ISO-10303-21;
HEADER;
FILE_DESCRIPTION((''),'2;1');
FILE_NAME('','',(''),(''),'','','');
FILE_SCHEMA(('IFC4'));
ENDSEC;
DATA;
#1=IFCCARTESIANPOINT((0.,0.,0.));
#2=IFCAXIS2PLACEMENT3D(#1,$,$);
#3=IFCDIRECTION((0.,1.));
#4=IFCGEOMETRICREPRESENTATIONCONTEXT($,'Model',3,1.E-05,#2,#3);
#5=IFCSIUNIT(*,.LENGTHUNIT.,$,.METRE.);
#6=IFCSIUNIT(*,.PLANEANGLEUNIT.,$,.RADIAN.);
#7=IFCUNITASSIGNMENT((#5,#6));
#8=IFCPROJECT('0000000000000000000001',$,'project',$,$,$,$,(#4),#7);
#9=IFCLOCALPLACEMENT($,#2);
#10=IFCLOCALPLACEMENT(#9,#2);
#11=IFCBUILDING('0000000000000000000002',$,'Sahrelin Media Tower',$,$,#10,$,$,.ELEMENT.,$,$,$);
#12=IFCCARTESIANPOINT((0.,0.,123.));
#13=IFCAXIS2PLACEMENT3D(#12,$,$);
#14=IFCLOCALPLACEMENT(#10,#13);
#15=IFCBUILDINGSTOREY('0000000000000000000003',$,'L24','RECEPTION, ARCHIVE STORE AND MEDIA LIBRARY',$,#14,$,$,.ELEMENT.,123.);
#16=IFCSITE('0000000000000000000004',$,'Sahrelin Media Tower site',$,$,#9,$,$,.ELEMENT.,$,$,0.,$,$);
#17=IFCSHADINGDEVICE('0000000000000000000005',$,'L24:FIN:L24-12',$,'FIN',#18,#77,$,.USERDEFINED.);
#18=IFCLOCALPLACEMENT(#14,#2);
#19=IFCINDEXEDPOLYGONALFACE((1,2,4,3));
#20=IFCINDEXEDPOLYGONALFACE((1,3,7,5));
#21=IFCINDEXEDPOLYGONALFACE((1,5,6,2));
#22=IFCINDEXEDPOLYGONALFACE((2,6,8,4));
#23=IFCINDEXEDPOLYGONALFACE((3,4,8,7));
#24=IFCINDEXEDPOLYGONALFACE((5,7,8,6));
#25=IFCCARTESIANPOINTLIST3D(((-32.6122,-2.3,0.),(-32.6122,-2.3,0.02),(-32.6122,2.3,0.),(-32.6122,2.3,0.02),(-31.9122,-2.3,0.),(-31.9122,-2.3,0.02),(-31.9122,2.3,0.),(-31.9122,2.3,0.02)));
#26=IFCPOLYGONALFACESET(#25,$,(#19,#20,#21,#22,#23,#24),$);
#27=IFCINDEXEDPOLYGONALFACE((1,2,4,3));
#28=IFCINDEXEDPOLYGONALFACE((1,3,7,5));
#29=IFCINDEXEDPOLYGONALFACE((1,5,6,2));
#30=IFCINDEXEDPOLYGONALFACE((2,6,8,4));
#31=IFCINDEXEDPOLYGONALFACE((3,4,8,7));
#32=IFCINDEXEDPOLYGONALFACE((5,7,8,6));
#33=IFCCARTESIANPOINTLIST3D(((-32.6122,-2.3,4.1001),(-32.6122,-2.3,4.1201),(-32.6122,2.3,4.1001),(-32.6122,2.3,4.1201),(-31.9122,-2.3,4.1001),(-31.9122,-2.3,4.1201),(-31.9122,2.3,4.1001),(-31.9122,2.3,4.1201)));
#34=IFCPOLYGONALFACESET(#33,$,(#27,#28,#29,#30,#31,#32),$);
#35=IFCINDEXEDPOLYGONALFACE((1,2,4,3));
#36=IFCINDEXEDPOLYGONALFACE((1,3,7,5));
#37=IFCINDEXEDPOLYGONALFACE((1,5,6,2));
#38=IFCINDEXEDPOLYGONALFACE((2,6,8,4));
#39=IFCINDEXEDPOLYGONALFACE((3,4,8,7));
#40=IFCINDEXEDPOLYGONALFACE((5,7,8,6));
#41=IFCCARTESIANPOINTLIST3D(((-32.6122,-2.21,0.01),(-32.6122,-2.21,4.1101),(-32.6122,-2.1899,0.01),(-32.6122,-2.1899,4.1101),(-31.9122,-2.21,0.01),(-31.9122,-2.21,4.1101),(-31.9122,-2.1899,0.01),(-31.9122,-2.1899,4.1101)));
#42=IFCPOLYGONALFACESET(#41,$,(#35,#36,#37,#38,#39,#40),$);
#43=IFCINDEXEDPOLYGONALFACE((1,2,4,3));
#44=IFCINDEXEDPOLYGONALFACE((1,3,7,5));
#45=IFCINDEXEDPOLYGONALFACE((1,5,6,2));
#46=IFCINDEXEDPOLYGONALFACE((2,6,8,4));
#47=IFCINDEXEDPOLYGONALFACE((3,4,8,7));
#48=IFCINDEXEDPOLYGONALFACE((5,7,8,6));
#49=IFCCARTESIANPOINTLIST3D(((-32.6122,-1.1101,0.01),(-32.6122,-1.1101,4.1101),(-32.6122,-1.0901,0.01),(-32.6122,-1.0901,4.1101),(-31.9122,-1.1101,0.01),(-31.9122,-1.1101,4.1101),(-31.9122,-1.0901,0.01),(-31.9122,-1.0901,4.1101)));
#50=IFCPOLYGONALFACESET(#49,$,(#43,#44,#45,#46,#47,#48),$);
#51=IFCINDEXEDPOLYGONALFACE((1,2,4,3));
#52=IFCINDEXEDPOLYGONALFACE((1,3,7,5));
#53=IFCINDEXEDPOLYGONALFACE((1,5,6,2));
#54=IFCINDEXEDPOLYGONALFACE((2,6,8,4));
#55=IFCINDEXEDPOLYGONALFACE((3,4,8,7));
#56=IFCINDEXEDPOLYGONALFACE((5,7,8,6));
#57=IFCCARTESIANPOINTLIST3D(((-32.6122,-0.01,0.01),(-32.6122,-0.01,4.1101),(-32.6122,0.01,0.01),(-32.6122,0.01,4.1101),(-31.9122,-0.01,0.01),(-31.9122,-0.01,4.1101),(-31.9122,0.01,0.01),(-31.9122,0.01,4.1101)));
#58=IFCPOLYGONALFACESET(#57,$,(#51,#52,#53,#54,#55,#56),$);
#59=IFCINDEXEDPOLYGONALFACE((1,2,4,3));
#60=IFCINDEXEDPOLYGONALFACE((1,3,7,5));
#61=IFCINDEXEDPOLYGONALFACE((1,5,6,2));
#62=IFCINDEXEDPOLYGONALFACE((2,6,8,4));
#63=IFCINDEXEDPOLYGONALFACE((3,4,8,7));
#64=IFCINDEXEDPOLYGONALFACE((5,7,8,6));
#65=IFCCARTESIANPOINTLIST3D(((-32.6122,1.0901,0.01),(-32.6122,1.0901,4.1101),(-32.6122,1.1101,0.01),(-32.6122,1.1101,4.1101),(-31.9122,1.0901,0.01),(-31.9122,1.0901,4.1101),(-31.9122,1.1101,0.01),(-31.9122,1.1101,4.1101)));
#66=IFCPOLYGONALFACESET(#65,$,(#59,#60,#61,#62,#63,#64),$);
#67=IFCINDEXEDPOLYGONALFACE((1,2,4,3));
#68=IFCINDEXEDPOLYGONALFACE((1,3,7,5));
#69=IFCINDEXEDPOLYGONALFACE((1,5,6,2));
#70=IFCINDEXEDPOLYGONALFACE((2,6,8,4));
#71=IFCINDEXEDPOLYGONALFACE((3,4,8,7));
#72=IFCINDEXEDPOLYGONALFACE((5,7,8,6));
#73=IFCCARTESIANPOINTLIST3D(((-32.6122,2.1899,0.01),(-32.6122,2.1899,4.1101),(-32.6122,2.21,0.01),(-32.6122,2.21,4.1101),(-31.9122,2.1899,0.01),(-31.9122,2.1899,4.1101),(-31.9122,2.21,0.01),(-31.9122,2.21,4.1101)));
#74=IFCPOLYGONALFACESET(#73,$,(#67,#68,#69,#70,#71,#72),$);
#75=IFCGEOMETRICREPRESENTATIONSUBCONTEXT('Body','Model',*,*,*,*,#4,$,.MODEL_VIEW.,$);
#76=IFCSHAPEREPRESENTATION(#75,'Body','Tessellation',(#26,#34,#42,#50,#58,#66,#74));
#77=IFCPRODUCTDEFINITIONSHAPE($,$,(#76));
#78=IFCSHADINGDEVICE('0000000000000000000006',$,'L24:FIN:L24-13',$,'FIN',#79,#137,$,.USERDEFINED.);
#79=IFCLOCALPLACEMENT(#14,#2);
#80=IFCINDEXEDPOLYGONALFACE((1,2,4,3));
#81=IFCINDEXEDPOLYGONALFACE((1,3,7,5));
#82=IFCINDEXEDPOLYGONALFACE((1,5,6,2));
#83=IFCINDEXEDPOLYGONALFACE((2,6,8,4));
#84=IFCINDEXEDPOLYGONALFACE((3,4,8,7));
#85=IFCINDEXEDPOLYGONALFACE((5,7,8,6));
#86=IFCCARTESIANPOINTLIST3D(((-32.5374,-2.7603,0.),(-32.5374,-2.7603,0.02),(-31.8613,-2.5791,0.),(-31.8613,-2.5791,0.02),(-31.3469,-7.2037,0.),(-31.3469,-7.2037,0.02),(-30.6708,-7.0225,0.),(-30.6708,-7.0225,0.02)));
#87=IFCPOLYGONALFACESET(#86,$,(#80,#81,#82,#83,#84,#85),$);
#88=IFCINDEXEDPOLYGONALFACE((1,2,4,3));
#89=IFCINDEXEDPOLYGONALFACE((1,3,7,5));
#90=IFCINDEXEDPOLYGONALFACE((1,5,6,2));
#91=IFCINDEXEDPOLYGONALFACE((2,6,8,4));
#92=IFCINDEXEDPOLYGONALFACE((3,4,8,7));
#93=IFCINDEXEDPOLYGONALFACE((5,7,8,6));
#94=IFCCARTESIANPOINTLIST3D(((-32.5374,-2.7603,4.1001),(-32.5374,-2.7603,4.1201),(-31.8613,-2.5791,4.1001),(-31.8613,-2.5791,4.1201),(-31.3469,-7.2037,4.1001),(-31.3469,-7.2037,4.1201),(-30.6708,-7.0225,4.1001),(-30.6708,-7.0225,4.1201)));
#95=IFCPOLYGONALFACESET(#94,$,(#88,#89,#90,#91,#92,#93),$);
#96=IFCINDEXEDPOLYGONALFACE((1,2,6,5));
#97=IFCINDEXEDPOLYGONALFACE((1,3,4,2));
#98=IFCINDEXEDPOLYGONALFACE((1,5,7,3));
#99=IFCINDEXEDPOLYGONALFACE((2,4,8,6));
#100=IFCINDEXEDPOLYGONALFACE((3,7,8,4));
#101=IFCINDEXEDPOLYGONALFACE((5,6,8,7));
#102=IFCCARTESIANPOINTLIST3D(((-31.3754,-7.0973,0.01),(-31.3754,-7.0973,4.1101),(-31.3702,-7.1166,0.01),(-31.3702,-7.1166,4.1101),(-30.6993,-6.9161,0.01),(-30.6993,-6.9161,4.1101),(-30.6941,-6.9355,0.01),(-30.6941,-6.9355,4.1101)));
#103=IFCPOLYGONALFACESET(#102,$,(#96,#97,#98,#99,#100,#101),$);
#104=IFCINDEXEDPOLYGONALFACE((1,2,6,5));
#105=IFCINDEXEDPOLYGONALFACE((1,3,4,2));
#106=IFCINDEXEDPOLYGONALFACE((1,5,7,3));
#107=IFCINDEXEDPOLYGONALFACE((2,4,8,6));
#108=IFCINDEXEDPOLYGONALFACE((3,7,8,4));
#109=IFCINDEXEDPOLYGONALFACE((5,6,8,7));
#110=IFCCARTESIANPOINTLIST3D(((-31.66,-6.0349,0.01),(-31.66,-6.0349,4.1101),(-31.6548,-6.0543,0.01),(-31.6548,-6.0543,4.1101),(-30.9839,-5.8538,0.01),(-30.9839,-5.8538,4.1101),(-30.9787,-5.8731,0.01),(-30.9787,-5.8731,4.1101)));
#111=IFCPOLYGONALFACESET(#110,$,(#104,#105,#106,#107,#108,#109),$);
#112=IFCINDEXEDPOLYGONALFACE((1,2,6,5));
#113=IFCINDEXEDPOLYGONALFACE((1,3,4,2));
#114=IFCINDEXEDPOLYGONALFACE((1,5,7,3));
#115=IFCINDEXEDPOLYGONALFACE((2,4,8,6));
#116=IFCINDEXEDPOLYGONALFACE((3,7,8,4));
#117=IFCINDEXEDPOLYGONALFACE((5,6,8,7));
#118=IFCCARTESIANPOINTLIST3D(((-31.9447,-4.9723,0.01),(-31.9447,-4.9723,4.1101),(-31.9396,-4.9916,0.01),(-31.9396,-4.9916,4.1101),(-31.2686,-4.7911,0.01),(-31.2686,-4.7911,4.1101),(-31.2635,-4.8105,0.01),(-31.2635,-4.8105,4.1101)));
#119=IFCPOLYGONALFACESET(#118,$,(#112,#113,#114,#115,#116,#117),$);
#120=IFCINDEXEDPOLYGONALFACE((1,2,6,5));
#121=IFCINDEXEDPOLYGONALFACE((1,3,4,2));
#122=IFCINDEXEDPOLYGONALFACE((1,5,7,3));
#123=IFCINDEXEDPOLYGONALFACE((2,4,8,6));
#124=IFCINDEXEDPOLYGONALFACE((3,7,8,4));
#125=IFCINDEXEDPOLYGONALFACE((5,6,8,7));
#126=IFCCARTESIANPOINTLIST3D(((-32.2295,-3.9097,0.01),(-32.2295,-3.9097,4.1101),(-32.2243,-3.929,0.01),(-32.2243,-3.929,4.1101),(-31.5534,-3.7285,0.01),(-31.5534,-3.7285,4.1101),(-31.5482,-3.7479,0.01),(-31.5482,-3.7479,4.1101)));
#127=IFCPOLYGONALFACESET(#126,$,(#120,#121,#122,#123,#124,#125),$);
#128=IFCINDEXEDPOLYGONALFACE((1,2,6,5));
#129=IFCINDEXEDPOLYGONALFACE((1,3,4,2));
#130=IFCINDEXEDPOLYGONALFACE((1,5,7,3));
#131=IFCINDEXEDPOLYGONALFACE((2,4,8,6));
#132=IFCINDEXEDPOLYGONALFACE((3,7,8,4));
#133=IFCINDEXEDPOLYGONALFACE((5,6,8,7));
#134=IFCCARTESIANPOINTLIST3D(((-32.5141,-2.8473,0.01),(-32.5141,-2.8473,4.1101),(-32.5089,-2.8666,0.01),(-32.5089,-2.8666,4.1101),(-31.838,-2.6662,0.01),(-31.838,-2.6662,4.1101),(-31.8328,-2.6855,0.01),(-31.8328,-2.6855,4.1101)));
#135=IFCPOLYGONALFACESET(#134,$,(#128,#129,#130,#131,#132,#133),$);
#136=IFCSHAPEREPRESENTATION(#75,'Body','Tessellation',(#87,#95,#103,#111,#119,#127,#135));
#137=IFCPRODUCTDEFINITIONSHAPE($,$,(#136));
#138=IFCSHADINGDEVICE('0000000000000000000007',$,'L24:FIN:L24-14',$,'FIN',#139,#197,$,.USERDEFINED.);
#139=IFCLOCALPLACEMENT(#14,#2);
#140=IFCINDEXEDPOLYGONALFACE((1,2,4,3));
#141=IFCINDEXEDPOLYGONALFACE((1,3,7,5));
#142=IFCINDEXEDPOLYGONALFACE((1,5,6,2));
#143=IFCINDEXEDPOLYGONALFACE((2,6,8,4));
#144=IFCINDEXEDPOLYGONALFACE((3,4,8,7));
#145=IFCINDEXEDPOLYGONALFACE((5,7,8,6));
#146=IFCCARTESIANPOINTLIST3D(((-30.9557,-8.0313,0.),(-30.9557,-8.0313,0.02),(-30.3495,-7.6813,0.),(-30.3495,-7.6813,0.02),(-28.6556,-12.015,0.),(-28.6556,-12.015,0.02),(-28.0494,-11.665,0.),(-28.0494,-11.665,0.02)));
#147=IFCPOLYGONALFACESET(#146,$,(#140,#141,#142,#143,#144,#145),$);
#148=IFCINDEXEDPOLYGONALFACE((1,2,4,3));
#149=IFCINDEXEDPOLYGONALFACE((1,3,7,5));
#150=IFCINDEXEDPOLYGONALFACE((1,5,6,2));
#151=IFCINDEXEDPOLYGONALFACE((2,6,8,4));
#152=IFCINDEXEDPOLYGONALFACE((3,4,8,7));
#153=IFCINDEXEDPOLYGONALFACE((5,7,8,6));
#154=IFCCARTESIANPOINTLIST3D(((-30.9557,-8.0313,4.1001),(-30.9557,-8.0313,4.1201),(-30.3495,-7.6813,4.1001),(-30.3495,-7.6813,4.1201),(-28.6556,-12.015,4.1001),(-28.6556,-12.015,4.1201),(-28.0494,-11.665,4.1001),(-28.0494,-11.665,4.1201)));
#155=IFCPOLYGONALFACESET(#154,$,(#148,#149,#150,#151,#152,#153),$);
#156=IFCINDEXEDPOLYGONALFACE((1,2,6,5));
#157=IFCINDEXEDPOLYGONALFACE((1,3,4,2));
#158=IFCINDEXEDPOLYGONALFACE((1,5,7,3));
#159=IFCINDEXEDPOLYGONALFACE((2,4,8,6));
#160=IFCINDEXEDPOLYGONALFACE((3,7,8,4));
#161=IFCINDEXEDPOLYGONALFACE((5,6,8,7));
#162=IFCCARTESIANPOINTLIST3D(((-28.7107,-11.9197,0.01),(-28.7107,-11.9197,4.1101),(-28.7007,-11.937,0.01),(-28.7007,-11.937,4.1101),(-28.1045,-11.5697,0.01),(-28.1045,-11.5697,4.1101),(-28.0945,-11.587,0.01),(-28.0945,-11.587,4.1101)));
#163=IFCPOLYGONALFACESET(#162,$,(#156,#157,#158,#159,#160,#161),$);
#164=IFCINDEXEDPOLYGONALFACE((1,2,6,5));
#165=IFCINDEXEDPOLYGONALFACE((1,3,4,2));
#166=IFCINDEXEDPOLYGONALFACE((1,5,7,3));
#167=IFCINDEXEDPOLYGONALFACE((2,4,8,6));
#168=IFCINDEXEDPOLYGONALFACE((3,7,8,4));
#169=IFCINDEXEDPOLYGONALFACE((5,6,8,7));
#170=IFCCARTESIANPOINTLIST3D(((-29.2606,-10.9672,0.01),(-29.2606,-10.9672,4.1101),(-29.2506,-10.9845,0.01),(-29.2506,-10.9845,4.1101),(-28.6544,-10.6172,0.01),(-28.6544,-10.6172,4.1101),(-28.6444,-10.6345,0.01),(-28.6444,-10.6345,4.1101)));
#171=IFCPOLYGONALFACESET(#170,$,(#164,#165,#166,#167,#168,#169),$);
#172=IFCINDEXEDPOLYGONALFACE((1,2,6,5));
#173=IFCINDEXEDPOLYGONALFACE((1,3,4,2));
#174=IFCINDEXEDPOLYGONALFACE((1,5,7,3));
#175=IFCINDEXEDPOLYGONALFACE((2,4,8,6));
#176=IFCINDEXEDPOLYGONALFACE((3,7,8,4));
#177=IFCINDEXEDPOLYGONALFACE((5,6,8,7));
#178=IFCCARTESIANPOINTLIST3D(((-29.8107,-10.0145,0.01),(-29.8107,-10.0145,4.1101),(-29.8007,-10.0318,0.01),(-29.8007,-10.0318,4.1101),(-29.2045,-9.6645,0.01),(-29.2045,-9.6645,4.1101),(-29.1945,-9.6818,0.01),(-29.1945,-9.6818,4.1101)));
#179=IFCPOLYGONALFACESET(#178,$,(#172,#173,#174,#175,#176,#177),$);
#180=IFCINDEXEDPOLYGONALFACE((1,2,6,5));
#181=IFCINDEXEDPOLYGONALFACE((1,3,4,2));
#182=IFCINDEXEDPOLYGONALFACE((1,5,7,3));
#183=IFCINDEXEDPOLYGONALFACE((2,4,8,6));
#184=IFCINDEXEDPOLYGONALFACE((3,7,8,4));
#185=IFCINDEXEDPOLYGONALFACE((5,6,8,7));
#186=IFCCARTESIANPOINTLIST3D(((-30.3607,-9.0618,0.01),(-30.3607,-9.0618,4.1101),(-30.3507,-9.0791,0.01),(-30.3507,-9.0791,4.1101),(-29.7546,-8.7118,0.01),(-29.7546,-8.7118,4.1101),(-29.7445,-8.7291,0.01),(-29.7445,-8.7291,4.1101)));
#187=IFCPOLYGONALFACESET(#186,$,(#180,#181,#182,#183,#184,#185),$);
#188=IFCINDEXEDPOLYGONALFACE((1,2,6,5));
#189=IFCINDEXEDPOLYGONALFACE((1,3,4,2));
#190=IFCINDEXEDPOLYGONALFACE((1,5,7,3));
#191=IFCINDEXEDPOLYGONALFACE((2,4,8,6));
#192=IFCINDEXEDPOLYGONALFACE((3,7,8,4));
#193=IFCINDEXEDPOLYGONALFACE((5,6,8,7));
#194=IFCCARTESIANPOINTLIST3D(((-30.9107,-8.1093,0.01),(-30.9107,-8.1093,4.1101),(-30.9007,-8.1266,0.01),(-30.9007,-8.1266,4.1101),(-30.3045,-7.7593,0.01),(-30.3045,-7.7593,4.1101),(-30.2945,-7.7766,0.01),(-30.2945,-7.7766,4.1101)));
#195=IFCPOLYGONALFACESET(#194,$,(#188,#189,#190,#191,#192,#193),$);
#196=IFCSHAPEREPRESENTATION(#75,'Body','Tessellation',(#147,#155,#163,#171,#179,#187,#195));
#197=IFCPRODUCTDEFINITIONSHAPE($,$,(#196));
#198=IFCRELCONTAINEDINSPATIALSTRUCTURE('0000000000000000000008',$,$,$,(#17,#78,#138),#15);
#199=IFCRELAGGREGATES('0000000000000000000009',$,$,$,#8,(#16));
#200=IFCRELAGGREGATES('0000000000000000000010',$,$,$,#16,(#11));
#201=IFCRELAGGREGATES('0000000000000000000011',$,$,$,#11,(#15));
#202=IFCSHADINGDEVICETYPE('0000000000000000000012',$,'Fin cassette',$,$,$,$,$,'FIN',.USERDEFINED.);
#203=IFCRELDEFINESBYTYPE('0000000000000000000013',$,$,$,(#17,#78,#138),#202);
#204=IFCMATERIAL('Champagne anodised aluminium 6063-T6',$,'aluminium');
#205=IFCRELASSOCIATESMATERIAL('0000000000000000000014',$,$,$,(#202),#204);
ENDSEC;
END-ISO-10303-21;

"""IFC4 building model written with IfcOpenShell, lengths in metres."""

from ifc_helpers import new_model, si_unit, direction, frame, origin, origin_2d, place, context, subcontext, project, spatial, rectangle, extrude, material, type_object, element, save


model = new_model("IFC4")

# Units and contexts
model_context = context("Model", 3, precision=1e-05, world=origin(), true_north=direction((0.0, 1.0)))
body_context = subcontext(model_context, "Body", "Model", "MODEL_VIEW")
ifc_project = project(units=[si_unit("LENGTHUNIT", "METRE"), si_unit("PLANEANGLEUNIT", "RADIAN")], contexts=[model_context])

# Site, building, storey
site_placement = place(None, origin())
site = spatial("IfcSite", under=ifc_project, at=site_placement, Name="Sahrelin Media Tower site", CompositionType="ELEMENT", RefElevation=0.0)
building_placement = place(site_placement, origin())
building = spatial("IfcBuilding", under=site, at=building_placement, Name="Sahrelin Media Tower", CompositionType="ELEMENT")
storey_placement = place(building_placement, frame((0.0, 0.0, 123.0)))
storey = spatial("IfcBuildingStorey", under=building, at=storey_placement, Name="L24", Description="RECEPTION, ARCHIVE STORE AND MEDIA LIBRARY", CompositionType="ELEMENT", Elevation=123.0)

# Shared definitions
ifc_material_1 = material(Name="Champagne anodised aluminium 6063-T6", Category="aluminium")

# Shading devices
shading_device_type_1 = type_object("IfcShadingDeviceType", Name="Fin cassette", ElementType="FIN", PredefinedType="USERDEFINED", material=ifc_material_1)
placement_1 = place(storey_placement, frame((-31.8423, 0.0, 0.0), z_axis=(0.0, 0.0, 1.0), x_axis=(0.0, 1.0, 0.0)))
element("IfcShadingDevice", 1, at=placement_1, inside=storey, type_object=shading_device_type_1, Name="L24:FIN:L24-12", ObjectType="FIN", PredefinedType="USERDEFINED", context=body_context, shape_type="SweptSolid", body=[
    extrude(rectangle(XDim=4.6001, YDim=0.7, at=origin_2d()), frame((0.0, 0.4199, 0.0)), (0.0, 0.0, 1.0), 0.02),
    extrude(rectangle(XDim=4.6001, YDim=0.7, at=origin_2d()), frame((0.0, 0.4199, 4.1001)), (0.0, 0.0, 1.0), 0.02),
    extrude(rectangle(XDim=0.02, YDim=0.7, at=origin_2d()), frame((-2.2, 0.4199, 0.01), z_axis=(0.0, 0.0, 1.0), x_axis=(1.0, 0.0, 0.0)), (0.0, 0.0, 1.0), 4.1001),
    extrude(rectangle(XDim=0.02, YDim=0.7, at=origin_2d()), frame((-1.1001, 0.4199, 0.01), z_axis=(0.0, 0.0, 1.0), x_axis=(1.0, 0.0, 0.0)), (0.0, 0.0, 1.0), 4.1001),
    extrude(rectangle(XDim=0.02, YDim=0.7, at=origin_2d()), frame((0.0, 0.4199, 0.01), z_axis=(0.0, 0.0, 1.0), x_axis=(1.0, 0.0, 0.0)), (0.0, 0.0, 1.0), 4.1001),
    extrude(rectangle(XDim=0.02, YDim=0.7, at=origin_2d()), frame((1.1001, 0.4199, 0.01), z_axis=(0.0, 0.0, 1.0), x_axis=(1.0, 0.0, 0.0)), (0.0, 0.0, 1.0), 4.1001),
    extrude(rectangle(XDim=0.02, YDim=0.7, at=origin_2d()), frame((2.2, 0.4199, 0.01), z_axis=(0.0, 0.0, 1.0), x_axis=(1.0, 0.0, 0.0)), (0.0, 0.0, 1.0), 4.1001),
])
placement_2 = place(storey_placement, frame((-31.1985, -4.7827, 0.0), z_axis=(0.0, 0.0, 1.0), x_axis=(-0.258808, 0.965929, 0.0)))
element("IfcShadingDevice", 2, at=placement_2, inside=storey, type_object=shading_device_type_1, Name="L24:FIN:L24-13", ObjectType="FIN", PredefinedType="USERDEFINED", context=body_context, shape_type="SweptSolid", body=[
    extrude(rectangle(XDim=4.6001, YDim=0.7, at=origin_2d()), frame((0.0, 0.4199, 0.0)), (0.0, 0.0, 1.0), 0.02),
    extrude(rectangle(XDim=4.6001, YDim=0.7, at=origin_2d()), frame((0.0, 0.4199, 4.1001)), (0.0, 0.0, 1.0), 0.02),
    extrude(rectangle(XDim=0.02, YDim=0.7, at=origin_2d()), frame((-2.2, 0.4199, 0.01), z_axis=(0.0, 0.0, 1.0), x_axis=(1.0, 0.0, 0.0)), (0.0, 0.0, 1.0), 4.1001),
    extrude(rectangle(XDim=0.02, YDim=0.7, at=origin_2d()), frame((-1.1001, 0.4199, 0.01), z_axis=(0.0, 0.0, 1.0), x_axis=(1.0, 0.0, 0.0)), (0.0, 0.0, 1.0), 4.1001),
    extrude(rectangle(XDim=0.02, YDim=0.7, at=origin_2d()), frame((0.0, 0.4199, 0.01), z_axis=(0.0, 0.0, 1.0), x_axis=(1.0, 0.0, 0.0)), (0.0, 0.0, 1.0), 4.1001),
    extrude(rectangle(XDim=0.02, YDim=0.7, at=origin_2d()), frame((1.1001, 0.4199, 0.01), z_axis=(0.0, 0.0, 1.0), x_axis=(1.0, 0.0, 0.0)), (0.0, 0.0, 1.0), 4.1001),
    extrude(rectangle(XDim=0.02, YDim=0.7, at=origin_2d()), frame((2.2, 0.4199, 0.01), z_axis=(0.0, 0.0, 1.0), x_axis=(1.0, 0.0, 0.0)), (0.0, 0.0, 1.0), 4.1001),
])
placement_3 = place(storey_placement, frame((-29.1389, -9.6382, 0.0), z_axis=(0.0, 0.0, 1.0), x_axis=(-0.500011, 0.866019, 0.0)))
element("IfcShadingDevice", 3, at=placement_3, inside=storey, type_object=shading_device_type_1, Name="L24:FIN:L24-14", ObjectType="FIN", PredefinedType="USERDEFINED", context=body_context, shape_type="SweptSolid", body=[
    extrude(rectangle(XDim=4.6001, YDim=0.7, at=origin_2d()), frame((0.0, 0.4199, 0.0)), (0.0, 0.0, 1.0), 0.02),
    extrude(rectangle(XDim=4.6001, YDim=0.7, at=origin_2d()), frame((0.0, 0.4199, 4.1001)), (0.0, 0.0, 1.0), 0.02),
    extrude(rectangle(XDim=0.02, YDim=0.7, at=origin_2d()), frame((-2.2, 0.4199, 0.01), z_axis=(0.0, 0.0, 1.0), x_axis=(1.0, 0.0, 0.0)), (0.0, 0.0, 1.0), 4.1001),
    extrude(rectangle(XDim=0.02, YDim=0.7, at=origin_2d()), frame((-1.1001, 0.4199, 0.01), z_axis=(0.0, 0.0, 1.0), x_axis=(1.0, 0.0, 0.0)), (0.0, 0.0, 1.0), 4.1001),
    extrude(rectangle(XDim=0.02, YDim=0.7, at=origin_2d()), frame((0.0, 0.4199, 0.01), z_axis=(0.0, 0.0, 1.0), x_axis=(1.0, 0.0, 0.0)), (0.0, 0.0, 1.0), 4.1001),
    extrude(rectangle(XDim=0.02, YDim=0.7, at=origin_2d()), frame((1.1001, 0.4199, 0.01), z_axis=(0.0, 0.0, 1.0), x_axis=(1.0, 0.0, 0.0)), (0.0, 0.0, 1.0), 4.1001),
    extrude(rectangle(XDim=0.02, YDim=0.7, at=origin_2d()), frame((2.2, 0.4199, 0.01), z_axis=(0.0, 0.0, 1.0), x_axis=(1.0, 0.0, 0.0)), (0.0, 0.0, 1.0), 4.1001),
])

save(model, "model.ifc")
